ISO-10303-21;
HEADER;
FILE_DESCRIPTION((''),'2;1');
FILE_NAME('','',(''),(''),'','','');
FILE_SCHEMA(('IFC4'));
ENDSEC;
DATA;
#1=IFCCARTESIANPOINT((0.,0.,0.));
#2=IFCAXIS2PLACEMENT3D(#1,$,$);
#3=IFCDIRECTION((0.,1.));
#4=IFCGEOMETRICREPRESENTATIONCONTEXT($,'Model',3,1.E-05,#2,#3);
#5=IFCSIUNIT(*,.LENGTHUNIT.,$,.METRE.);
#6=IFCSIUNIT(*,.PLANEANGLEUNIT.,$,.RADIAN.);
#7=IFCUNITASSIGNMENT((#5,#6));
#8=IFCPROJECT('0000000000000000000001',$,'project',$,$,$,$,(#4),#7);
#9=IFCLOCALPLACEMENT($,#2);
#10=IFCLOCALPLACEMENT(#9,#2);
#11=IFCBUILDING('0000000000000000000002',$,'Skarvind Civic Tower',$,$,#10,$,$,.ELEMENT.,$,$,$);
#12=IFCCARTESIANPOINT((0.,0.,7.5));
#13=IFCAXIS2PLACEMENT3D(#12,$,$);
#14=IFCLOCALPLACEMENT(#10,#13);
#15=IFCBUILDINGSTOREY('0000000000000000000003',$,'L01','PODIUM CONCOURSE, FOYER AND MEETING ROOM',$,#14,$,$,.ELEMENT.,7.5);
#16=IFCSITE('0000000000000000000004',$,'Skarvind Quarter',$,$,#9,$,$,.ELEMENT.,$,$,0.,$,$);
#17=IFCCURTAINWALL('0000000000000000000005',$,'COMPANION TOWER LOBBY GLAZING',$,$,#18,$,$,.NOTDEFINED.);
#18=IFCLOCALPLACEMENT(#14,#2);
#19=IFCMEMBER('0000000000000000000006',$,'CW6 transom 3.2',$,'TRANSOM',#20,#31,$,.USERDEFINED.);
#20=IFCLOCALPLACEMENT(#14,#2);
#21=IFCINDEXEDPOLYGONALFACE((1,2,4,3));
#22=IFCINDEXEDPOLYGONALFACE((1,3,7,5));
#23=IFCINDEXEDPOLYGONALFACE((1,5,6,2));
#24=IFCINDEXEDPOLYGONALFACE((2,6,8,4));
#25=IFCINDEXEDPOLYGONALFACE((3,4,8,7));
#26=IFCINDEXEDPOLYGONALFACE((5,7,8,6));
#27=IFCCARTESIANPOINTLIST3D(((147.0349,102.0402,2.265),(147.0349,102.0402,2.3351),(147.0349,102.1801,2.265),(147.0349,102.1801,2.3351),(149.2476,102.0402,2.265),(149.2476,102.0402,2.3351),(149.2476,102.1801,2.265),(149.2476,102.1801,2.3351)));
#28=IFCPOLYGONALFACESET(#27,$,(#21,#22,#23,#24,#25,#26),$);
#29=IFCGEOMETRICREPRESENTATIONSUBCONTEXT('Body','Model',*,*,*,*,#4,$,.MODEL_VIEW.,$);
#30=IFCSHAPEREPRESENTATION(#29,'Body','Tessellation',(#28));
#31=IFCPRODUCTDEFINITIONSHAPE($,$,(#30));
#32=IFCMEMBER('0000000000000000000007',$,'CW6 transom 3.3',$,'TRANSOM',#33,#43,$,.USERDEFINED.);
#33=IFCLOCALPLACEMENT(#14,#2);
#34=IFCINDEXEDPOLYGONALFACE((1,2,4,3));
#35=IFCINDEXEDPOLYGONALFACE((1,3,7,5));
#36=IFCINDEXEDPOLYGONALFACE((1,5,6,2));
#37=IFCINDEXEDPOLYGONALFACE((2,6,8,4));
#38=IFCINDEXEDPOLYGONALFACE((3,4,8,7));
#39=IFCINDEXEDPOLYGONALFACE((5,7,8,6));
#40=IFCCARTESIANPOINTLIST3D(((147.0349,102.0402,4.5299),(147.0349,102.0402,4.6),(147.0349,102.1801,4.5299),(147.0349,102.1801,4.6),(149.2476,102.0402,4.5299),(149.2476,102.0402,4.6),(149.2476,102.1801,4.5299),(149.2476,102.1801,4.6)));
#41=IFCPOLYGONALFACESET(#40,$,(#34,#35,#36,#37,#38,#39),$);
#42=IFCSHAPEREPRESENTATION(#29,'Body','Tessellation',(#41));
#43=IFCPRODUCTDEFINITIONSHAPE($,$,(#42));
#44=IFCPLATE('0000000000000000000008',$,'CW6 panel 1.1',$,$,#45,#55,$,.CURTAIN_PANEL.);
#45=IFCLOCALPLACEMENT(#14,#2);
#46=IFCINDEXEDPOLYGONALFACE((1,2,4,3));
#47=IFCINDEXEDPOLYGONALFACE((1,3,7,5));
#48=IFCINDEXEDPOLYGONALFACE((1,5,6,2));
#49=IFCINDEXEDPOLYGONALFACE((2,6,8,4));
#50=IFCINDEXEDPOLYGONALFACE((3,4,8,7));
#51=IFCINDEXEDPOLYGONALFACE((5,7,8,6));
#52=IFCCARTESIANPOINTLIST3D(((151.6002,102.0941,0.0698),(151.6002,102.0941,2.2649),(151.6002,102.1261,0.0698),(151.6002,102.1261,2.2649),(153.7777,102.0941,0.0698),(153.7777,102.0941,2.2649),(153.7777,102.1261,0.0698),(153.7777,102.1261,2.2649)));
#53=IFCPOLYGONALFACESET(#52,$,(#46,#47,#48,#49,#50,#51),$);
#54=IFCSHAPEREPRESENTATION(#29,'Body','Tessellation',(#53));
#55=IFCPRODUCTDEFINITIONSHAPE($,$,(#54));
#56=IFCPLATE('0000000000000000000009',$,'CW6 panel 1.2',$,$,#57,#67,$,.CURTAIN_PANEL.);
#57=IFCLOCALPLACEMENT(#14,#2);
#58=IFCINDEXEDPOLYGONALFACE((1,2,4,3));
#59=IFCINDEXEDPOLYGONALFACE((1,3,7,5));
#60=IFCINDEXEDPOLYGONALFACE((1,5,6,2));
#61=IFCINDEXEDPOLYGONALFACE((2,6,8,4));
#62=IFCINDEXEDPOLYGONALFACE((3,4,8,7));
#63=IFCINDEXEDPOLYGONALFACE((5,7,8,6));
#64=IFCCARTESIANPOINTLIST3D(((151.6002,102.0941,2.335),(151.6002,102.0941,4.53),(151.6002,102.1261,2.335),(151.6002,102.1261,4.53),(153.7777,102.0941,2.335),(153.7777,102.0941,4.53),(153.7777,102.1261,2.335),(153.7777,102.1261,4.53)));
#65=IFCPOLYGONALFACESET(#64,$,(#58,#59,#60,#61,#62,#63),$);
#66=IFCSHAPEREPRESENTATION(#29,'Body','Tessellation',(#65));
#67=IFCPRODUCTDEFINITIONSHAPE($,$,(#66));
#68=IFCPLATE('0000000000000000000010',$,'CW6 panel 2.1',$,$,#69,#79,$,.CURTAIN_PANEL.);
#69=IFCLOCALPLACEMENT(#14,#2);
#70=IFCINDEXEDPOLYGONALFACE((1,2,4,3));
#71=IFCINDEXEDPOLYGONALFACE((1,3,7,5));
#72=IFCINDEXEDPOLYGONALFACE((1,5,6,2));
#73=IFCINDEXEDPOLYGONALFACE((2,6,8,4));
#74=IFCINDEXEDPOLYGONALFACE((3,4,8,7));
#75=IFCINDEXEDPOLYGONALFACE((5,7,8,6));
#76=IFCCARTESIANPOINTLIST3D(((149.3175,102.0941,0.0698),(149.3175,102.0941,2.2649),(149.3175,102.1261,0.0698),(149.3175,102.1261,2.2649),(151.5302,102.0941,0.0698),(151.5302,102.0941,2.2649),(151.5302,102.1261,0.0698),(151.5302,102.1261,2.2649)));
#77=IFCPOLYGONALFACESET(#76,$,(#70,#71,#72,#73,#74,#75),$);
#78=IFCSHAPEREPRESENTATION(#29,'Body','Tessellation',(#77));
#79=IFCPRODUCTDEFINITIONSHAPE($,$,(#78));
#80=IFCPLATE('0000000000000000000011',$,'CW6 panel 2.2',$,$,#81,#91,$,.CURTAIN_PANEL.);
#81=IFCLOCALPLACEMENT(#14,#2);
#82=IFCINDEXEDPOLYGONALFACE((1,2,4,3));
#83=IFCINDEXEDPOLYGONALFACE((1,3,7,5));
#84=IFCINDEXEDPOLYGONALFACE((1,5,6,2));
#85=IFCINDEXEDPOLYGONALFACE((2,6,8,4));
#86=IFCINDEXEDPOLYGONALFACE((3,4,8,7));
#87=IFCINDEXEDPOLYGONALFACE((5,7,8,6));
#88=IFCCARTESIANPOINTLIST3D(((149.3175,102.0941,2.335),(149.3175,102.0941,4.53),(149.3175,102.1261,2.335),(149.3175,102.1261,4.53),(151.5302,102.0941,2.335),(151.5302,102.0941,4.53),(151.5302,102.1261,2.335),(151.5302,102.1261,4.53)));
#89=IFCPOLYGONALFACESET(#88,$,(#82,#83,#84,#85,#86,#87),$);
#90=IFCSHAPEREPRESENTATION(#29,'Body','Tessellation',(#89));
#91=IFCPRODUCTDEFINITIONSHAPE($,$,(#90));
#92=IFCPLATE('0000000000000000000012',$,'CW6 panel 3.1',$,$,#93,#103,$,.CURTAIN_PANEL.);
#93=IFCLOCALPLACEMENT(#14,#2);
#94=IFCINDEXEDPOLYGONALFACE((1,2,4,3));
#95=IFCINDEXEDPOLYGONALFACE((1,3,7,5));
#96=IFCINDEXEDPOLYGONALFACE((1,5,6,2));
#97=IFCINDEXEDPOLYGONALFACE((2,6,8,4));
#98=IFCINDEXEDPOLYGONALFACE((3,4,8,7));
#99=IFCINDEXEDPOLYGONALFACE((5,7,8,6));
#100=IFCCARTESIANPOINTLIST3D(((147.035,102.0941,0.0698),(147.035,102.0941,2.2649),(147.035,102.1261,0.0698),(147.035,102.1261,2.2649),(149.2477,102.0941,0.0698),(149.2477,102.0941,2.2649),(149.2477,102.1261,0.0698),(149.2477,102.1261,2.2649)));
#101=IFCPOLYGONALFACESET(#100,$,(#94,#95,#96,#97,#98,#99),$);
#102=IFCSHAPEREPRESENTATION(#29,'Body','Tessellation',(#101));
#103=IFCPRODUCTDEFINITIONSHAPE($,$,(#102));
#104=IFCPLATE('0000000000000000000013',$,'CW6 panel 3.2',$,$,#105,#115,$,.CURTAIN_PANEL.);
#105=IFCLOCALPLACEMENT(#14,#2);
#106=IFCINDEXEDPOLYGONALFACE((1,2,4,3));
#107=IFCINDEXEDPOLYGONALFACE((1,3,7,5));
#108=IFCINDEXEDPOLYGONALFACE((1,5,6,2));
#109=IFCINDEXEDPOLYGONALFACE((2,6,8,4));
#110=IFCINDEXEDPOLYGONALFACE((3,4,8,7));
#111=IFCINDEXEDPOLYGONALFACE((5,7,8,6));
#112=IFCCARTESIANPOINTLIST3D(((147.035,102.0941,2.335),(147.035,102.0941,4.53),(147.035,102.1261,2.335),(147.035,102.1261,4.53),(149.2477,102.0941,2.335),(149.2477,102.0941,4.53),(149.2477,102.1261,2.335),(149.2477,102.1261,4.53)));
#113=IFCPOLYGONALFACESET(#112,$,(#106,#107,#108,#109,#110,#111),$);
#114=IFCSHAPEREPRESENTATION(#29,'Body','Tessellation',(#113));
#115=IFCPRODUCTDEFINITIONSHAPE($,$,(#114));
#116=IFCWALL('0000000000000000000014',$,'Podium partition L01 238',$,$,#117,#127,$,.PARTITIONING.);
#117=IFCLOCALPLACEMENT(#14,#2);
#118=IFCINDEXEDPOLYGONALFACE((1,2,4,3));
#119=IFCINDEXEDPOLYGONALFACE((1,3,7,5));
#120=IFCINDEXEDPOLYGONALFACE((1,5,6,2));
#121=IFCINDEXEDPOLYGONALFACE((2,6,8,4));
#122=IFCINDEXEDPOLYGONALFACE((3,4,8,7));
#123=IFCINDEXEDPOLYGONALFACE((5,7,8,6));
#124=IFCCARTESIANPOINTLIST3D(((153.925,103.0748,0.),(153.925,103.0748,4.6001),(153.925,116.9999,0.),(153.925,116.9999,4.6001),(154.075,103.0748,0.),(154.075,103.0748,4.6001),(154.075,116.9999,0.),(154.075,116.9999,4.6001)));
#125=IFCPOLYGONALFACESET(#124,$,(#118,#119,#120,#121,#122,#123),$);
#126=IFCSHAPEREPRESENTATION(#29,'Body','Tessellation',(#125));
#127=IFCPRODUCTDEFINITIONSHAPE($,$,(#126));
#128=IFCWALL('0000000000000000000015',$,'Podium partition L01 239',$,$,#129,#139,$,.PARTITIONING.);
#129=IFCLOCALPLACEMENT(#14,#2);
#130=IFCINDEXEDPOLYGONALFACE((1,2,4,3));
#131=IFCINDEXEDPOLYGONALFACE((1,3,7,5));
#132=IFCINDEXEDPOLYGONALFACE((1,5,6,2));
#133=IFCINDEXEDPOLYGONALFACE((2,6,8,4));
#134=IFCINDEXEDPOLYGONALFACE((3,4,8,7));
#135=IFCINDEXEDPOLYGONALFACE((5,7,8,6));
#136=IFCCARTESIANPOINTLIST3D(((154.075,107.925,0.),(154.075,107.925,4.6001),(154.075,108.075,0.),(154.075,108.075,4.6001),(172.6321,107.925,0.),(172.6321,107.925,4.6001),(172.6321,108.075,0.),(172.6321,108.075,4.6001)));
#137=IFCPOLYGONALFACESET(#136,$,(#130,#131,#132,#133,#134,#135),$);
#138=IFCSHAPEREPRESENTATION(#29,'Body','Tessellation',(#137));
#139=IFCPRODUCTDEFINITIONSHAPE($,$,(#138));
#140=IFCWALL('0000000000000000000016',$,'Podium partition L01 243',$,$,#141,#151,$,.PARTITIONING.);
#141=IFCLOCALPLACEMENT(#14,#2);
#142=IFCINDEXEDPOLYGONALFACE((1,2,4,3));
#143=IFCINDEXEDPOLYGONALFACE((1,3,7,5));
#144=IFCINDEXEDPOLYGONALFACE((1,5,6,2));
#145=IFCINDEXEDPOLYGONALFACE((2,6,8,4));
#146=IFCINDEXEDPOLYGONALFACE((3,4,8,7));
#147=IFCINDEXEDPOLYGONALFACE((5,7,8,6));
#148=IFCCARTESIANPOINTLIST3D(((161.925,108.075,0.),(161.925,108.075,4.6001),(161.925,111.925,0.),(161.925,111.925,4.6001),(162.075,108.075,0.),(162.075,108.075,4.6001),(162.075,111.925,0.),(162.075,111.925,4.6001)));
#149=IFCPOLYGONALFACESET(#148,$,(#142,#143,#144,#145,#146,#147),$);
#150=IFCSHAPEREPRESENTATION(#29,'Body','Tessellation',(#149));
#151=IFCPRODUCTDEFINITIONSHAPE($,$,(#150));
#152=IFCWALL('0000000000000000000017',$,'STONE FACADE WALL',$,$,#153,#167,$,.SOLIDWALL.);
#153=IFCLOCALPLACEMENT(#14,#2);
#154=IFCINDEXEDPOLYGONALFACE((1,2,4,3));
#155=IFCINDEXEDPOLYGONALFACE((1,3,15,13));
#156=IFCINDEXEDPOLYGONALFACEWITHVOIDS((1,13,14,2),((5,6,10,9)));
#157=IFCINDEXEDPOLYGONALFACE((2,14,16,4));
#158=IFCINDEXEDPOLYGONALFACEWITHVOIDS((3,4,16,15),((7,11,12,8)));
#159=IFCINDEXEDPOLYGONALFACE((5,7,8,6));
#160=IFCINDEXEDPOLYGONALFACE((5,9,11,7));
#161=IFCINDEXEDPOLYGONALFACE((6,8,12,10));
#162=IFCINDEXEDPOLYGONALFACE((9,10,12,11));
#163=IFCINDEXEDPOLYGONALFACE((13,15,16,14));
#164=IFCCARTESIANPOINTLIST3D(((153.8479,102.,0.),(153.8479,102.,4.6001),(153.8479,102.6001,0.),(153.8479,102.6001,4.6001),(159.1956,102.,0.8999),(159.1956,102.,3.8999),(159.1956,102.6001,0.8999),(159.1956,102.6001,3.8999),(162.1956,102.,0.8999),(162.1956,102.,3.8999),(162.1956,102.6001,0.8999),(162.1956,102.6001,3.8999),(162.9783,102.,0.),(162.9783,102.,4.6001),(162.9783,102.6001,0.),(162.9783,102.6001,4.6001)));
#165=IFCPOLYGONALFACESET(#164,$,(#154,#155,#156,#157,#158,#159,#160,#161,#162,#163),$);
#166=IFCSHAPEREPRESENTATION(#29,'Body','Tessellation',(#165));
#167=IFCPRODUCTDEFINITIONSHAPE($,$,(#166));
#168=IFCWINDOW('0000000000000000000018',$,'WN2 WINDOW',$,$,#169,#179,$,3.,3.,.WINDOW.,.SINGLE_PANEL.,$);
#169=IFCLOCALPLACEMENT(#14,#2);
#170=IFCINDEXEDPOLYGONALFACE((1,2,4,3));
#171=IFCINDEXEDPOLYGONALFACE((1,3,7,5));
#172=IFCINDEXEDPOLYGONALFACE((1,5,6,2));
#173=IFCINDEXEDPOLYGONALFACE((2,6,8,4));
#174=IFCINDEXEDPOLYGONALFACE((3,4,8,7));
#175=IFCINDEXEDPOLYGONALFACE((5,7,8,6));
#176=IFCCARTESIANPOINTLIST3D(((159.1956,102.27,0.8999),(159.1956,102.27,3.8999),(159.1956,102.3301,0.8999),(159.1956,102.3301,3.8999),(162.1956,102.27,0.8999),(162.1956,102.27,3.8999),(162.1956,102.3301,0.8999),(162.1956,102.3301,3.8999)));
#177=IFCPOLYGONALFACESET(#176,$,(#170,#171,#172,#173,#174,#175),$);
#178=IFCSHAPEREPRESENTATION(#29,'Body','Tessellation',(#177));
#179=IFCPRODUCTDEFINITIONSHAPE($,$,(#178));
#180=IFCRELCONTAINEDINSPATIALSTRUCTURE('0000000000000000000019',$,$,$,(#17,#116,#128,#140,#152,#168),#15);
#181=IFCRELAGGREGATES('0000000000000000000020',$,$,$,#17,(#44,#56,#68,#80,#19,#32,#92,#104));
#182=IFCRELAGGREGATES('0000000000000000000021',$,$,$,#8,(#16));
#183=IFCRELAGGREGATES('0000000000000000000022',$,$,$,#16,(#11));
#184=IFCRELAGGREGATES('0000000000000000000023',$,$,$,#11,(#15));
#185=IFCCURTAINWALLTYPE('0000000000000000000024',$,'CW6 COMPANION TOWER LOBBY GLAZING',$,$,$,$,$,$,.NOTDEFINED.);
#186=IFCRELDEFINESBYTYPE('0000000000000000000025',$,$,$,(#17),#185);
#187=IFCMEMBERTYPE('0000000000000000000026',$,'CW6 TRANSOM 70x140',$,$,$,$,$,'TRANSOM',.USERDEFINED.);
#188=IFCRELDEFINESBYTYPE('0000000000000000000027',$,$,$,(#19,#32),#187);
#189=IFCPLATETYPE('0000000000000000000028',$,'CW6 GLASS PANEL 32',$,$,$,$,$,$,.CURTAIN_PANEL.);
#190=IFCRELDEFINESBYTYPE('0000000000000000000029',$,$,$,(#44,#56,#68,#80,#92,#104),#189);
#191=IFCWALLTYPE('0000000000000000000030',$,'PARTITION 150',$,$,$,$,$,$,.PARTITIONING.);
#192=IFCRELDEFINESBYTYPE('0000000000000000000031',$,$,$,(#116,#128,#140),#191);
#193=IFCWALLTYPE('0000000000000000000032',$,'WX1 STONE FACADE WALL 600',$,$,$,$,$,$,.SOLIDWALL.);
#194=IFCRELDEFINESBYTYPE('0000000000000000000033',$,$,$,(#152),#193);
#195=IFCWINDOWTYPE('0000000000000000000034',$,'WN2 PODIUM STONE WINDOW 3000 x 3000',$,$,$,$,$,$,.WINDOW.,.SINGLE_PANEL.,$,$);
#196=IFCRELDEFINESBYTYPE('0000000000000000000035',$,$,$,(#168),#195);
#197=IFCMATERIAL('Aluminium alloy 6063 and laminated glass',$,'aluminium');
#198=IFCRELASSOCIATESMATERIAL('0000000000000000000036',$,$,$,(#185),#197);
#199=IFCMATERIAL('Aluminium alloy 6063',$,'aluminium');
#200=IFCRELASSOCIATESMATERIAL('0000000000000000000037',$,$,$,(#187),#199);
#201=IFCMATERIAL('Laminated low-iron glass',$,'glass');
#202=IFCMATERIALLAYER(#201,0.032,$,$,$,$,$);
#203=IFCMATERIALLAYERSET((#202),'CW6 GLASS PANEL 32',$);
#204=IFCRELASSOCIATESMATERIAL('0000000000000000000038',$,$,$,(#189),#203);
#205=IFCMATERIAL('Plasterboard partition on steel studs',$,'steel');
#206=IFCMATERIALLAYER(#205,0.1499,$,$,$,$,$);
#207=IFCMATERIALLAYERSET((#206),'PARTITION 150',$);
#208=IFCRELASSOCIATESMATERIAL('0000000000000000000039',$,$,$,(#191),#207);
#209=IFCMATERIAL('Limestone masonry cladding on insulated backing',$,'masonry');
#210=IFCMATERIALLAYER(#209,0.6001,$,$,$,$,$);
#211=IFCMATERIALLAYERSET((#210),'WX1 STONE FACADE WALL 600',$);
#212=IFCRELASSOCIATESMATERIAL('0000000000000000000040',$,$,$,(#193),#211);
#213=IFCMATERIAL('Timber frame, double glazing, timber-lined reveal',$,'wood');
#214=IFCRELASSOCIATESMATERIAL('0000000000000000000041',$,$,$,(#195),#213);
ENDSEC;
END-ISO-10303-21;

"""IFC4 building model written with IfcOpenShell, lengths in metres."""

from ifc_helpers import new_model, si_unit, direction, frame, frame_2d, origin, origin_2d, place, context, subcontext, project, spatial, rectangle, extrude, material, layer, layer_set, material_profile, profile_set, type_object, element, fill, aggregate, save


model = new_model("IFC4")

# Units and contexts
model_context = context("Model", 3, precision=1e-05, world=origin(), true_north=direction((0.0, 1.0)))
body_context = subcontext(model_context, "Body", "Model", "MODEL_VIEW")
ifc_project = project(units=[si_unit("LENGTHUNIT", "METRE"), si_unit("PLANEANGLEUNIT", "RADIAN")], contexts=[model_context])

# Site, building, storey
site_placement = place(None, origin())
site = spatial("IfcSite", under=ifc_project, at=site_placement, Name="Skarvind Quarter", CompositionType="ELEMENT", RefElevation=0.0)
building_placement = place(site_placement, origin())
building = spatial("IfcBuilding", under=site, at=building_placement, Name="Skarvind Civic Tower", CompositionType="ELEMENT")
storey_placement = place(building_placement, frame((0.0, 0.0, 7.5)))
storey = spatial("IfcBuildingStorey", under=building, at=storey_placement, Name="L01", Description="PODIUM CONCOURSE, FOYER AND MEETING ROOM", CompositionType="ELEMENT", Elevation=7.5)

# Curtain wall, members, plates
ifc_material_1 = material(Name="Aluminium alloy 6063 and laminated glass", Category="aluminium")
curtain_wall_type = type_object("IfcCurtainWallType", Name="CW6 COMPANION TOWER LOBBY GLAZING", PredefinedType="NOTDEFINED", material=ifc_material_1)
curtain_wall_placement = place(storey_placement, origin())
curtain_wall = element("IfcCurtainWall", 1, at=curtain_wall_placement, inside=storey, type_object=curtain_wall_type, Name="COMPANION TOWER LOBBY GLAZING", PredefinedType="NOTDEFINED")
ifc_material_2 = material(Name="Aluminium alloy 6063", Category="aluminium")
ifc_material_profile_1 = material_profile(ifc_material_2, rectangle(XDim=0.1399, YDim=0.0701, at=origin_2d()), Name="AL 70x140")
ifc_profile_set_1 = profile_set([ifc_material_profile_1], Name="Aluminium alloy 6063")
member_type_1 = type_object("IfcMemberType", Name="CW6 TRANSOM 70x140", ElementType="TRANSOM", PredefinedType="USERDEFINED", material=ifc_profile_set_1)
member_1_placement = place(storey_placement, frame((149.2476, 102.1101, 2.3), z_axis=(-1.0, 0.0, 0.0), x_axis=(0.0, -1.0, 0.0)))
member_1 = element("IfcMember", 2, at=member_1_placement, type_object=member_type_1, Name="CW6 transom 3.2", ObjectType="TRANSOM", PredefinedType="USERDEFINED", context=body_context, shape_type="SweptSolid", body=[
    extrude(rectangle(XDim=0.1399, YDim=0.0701, at=origin_2d()), origin(), (0.0, 0.0, 1.0), 2.2126),
])
member_2_placement = place(storey_placement, frame((149.2476, 102.1101, 4.5649), z_axis=(-1.0, 0.0, 0.0), x_axis=(0.0, -1.0, 0.0)))
member_2 = element("IfcMember", 3, at=member_2_placement, type_object=member_type_1, Name="CW6 transom 3.3", ObjectType="TRANSOM", PredefinedType="USERDEFINED", context=body_context, shape_type="SweptSolid", body=[
    extrude(rectangle(XDim=0.1399, YDim=0.0701, at=origin_2d()), origin(), (0.0, 0.0, 1.0), 2.2126),
])
ifc_material_3 = material(Name="Laminated low-iron glass", Category="glass")
ifc_layer_1 = layer(ifc_material_3, 0.032)
ifc_layer_set_1 = layer_set([ifc_layer_1], Name="CW6 GLASS PANEL 32")
plate_type = type_object("IfcPlateType", Name="CW6 GLASS PANEL 32", PredefinedType="CURTAIN_PANEL", material=ifc_layer_set_1)
plate_1_placement = place(storey_placement, frame((152.689, 102.1101, 0.0698), z_axis=(0.0, 0.0, 1.0), x_axis=(-1.0, 0.0, 0.0)))
plate_1 = element("IfcPlate", 4, at=plate_1_placement, type_object=plate_type, Name="CW6 panel 1.1", PredefinedType="CURTAIN_PANEL", context=body_context, shape_type="SweptSolid", body=[
    extrude(rectangle(XDim=2.1775, YDim=0.032, at=origin_2d()), origin(), (0.0, 0.0, 1.0), 2.1951),
])
plate_2_placement = place(storey_placement, frame((152.689, 102.1101, 2.335), z_axis=(0.0, 0.0, 1.0), x_axis=(-1.0, 0.0, 0.0)))
plate_2 = element("IfcPlate", 5, at=plate_2_placement, type_object=plate_type, Name="CW6 panel 1.2", PredefinedType="CURTAIN_PANEL", context=body_context, shape_type="SweptSolid", body=[
    extrude(rectangle(XDim=2.1775, YDim=0.032, at=origin_2d()), origin(), (0.0, 0.0, 1.0), 2.1951),
])
plate_3_placement = place(storey_placement, frame((150.4238, 102.1101, 0.0698), z_axis=(0.0, 0.0, 1.0), x_axis=(-1.0, 0.0, 0.0)))
plate_3 = element("IfcPlate", 6, at=plate_3_placement, type_object=plate_type, Name="CW6 panel 2.1", PredefinedType="CURTAIN_PANEL", context=body_context, shape_type="SweptSolid", body=[
    extrude(rectangle(XDim=2.2126, YDim=0.032, at=origin_2d()), origin(), (0.0, 0.0, 1.0), 2.1951),
])
plate_4_placement = place(storey_placement, frame((150.4238, 102.1101, 2.335), z_axis=(0.0, 0.0, 1.0), x_axis=(-1.0, 0.0, 0.0)))
plate_4 = element("IfcPlate", 7, at=plate_4_placement, type_object=plate_type, Name="CW6 panel 2.2", PredefinedType="CURTAIN_PANEL", context=body_context, shape_type="SweptSolid", body=[
    extrude(rectangle(XDim=2.2126, YDim=0.032, at=origin_2d()), origin(), (0.0, 0.0, 1.0), 2.1951),
])
plate_5_placement = place(storey_placement, frame((148.1414, 102.1101, 0.0698), z_axis=(0.0, 0.0, 1.0), x_axis=(-1.0, 0.0, 0.0)))
plate_5 = element("IfcPlate", 8, at=plate_5_placement, type_object=plate_type, Name="CW6 panel 3.1", PredefinedType="CURTAIN_PANEL", context=body_context, shape_type="SweptSolid", body=[
    extrude(rectangle(XDim=2.2126, YDim=0.032, at=origin_2d()), origin(), (0.0, 0.0, 1.0), 2.1951),
])
plate_6_placement = place(storey_placement, frame((148.1414, 102.1101, 2.335), z_axis=(0.0, 0.0, 1.0), x_axis=(-1.0, 0.0, 0.0)))
plate_6 = element("IfcPlate", 9, at=plate_6_placement, type_object=plate_type, Name="CW6 panel 3.2", PredefinedType="CURTAIN_PANEL", context=body_context, shape_type="SweptSolid", body=[
    extrude(rectangle(XDim=2.2126, YDim=0.032, at=origin_2d()), origin(), (0.0, 0.0, 1.0), 2.1951),
])
aggregate(curtain_wall, [plate_1, plate_2, plate_3, plate_4, member_1, member_2, plate_5, plate_6])

# Walls
ifc_material_4 = material(Name="Plasterboard partition on steel studs", Category="steel")
ifc_layer_2 = layer(ifc_material_4, 0.1499)
ifc_layer_set_2 = layer_set([ifc_layer_2], Name="PARTITION 150")
wall_type_1 = type_object("IfcWallType", Name="PARTITION 150", PredefinedType="PARTITIONING", material=ifc_layer_set_2)
wall_1_placement = place(storey_placement, frame((154.0, 103.075, 0.0), z_axis=(0.0, 0.0, 1.0), x_axis=(0.0, 1.0, 0.0)))
element("IfcWall", 10, at=wall_1_placement, inside=storey, type_object=wall_type_1, Name="Podium partition L01 238", PredefinedType="PARTITIONING", context=body_context, shape_type="SweptSolid", body=[
    extrude(rectangle(XDim=13.925, YDim=0.1499, at=frame_2d((6.9624, 0.0))), origin(), (0.0, 0.0, 1.0), 4.6001),
])
wall_2_placement = place(storey_placement, frame((154.075, 108.0, 0.0), z_axis=(0.0, 0.0, 1.0), x_axis=(1.0, 0.0, 0.0)))
element("IfcWall", 11, at=wall_2_placement, inside=storey, type_object=wall_type_1, Name="Podium partition L01 239", PredefinedType="PARTITIONING", context=body_context, shape_type="SweptSolid", body=[
    extrude(rectangle(XDim=18.5571, YDim=0.1499, at=frame_2d((9.2786, 0.0))), origin(), (0.0, 0.0, 1.0), 4.6001),
])
wall_3_placement = place(storey_placement, frame((162.0, 108.075, 0.0), z_axis=(0.0, 0.0, 1.0), x_axis=(0.0, 1.0, 0.0)))
element("IfcWall", 12, at=wall_3_placement, inside=storey, type_object=wall_type_1, Name="Podium partition L01 243", PredefinedType="PARTITIONING", context=body_context, shape_type="SweptSolid", body=[
    extrude(rectangle(XDim=3.8501, YDim=0.1499, at=frame_2d((1.925, 0.0))), origin(), (0.0, 0.0, 1.0), 4.6001),
])

# Wall, opening, window
ifc_material_5 = material(Name="Limestone masonry cladding on insulated backing", Category="masonry")
ifc_layer_3 = layer(ifc_material_5, 0.6001)
ifc_layer_set_3 = layer_set([ifc_layer_3], Name="WX1 STONE FACADE WALL 600")
wall_type_2 = type_object("IfcWallType", Name="WX1 STONE FACADE WALL 600", PredefinedType="SOLIDWALL", material=ifc_layer_set_3)
wall_4_placement = place(storey_placement, frame((162.9783, 102.3, 0.0), z_axis=(0.0, 0.0, 1.0), x_axis=(-1.0, 0.0, 0.0)))
wall_4 = element("IfcWall", 13, at=wall_4_placement, inside=storey, type_object=wall_type_2, Name="STONE FACADE WALL", PredefinedType="SOLIDWALL", context=body_context, shape_type="SweptSolid", body=[
    extrude(rectangle(XDim=9.1304, YDim=0.6001, at=frame_2d((4.5652, 0.0))), origin(), (0.0, 0.0, 1.0), 4.6001),
])
opening_placement = place(wall_4_placement, frame((0.7827, 0.0, 0.8999)))
opening = element("IfcOpeningElement", 14, at=opening_placement, cuts=wall_4, PredefinedType="OPENING", context=body_context, shape_type="SweptSolid", body=[
    extrude(rectangle(XDim=3.0, YDim=3.0, at=frame_2d((1.5, 1.5))), frame((0.0, 0.3101, 0.0), z_axis=(0.0, -1.0, 0.0), x_axis=(1.0, 0.0, 0.0)), (0.0, 0.0, 1.0), 0.6201),
])
ifc_material_6 = material(Name="Timber frame, double glazing, timber-lined reveal", Category="wood")
window_type = type_object("IfcWindowType", Name="WN2 PODIUM STONE WINDOW 3000 x 3000", PartitioningType="SINGLE_PANEL", PredefinedType="WINDOW", material=ifc_material_6)
window_placement = place(opening_placement, origin())
window = element("IfcWindow", 15, at=window_placement, inside=storey, type_object=window_type, Name="WN2 WINDOW", OverallHeight=3.0, OverallWidth=3.0, PartitioningType="SINGLE_PANEL", PredefinedType="WINDOW", context=body_context, shape_type="SweptSolid", body=[
    extrude(rectangle(XDim=3.0, YDim=3.0, at=frame_2d((1.5, 1.5))), frame((0.0, 0.03, 0.0), z_axis=(0.0, -1.0, 0.0), x_axis=(1.0, 0.0, 0.0)), (0.0, 0.0, 1.0), 0.0601),
])
fill(opening, window)

save(model, "model.ifc")
